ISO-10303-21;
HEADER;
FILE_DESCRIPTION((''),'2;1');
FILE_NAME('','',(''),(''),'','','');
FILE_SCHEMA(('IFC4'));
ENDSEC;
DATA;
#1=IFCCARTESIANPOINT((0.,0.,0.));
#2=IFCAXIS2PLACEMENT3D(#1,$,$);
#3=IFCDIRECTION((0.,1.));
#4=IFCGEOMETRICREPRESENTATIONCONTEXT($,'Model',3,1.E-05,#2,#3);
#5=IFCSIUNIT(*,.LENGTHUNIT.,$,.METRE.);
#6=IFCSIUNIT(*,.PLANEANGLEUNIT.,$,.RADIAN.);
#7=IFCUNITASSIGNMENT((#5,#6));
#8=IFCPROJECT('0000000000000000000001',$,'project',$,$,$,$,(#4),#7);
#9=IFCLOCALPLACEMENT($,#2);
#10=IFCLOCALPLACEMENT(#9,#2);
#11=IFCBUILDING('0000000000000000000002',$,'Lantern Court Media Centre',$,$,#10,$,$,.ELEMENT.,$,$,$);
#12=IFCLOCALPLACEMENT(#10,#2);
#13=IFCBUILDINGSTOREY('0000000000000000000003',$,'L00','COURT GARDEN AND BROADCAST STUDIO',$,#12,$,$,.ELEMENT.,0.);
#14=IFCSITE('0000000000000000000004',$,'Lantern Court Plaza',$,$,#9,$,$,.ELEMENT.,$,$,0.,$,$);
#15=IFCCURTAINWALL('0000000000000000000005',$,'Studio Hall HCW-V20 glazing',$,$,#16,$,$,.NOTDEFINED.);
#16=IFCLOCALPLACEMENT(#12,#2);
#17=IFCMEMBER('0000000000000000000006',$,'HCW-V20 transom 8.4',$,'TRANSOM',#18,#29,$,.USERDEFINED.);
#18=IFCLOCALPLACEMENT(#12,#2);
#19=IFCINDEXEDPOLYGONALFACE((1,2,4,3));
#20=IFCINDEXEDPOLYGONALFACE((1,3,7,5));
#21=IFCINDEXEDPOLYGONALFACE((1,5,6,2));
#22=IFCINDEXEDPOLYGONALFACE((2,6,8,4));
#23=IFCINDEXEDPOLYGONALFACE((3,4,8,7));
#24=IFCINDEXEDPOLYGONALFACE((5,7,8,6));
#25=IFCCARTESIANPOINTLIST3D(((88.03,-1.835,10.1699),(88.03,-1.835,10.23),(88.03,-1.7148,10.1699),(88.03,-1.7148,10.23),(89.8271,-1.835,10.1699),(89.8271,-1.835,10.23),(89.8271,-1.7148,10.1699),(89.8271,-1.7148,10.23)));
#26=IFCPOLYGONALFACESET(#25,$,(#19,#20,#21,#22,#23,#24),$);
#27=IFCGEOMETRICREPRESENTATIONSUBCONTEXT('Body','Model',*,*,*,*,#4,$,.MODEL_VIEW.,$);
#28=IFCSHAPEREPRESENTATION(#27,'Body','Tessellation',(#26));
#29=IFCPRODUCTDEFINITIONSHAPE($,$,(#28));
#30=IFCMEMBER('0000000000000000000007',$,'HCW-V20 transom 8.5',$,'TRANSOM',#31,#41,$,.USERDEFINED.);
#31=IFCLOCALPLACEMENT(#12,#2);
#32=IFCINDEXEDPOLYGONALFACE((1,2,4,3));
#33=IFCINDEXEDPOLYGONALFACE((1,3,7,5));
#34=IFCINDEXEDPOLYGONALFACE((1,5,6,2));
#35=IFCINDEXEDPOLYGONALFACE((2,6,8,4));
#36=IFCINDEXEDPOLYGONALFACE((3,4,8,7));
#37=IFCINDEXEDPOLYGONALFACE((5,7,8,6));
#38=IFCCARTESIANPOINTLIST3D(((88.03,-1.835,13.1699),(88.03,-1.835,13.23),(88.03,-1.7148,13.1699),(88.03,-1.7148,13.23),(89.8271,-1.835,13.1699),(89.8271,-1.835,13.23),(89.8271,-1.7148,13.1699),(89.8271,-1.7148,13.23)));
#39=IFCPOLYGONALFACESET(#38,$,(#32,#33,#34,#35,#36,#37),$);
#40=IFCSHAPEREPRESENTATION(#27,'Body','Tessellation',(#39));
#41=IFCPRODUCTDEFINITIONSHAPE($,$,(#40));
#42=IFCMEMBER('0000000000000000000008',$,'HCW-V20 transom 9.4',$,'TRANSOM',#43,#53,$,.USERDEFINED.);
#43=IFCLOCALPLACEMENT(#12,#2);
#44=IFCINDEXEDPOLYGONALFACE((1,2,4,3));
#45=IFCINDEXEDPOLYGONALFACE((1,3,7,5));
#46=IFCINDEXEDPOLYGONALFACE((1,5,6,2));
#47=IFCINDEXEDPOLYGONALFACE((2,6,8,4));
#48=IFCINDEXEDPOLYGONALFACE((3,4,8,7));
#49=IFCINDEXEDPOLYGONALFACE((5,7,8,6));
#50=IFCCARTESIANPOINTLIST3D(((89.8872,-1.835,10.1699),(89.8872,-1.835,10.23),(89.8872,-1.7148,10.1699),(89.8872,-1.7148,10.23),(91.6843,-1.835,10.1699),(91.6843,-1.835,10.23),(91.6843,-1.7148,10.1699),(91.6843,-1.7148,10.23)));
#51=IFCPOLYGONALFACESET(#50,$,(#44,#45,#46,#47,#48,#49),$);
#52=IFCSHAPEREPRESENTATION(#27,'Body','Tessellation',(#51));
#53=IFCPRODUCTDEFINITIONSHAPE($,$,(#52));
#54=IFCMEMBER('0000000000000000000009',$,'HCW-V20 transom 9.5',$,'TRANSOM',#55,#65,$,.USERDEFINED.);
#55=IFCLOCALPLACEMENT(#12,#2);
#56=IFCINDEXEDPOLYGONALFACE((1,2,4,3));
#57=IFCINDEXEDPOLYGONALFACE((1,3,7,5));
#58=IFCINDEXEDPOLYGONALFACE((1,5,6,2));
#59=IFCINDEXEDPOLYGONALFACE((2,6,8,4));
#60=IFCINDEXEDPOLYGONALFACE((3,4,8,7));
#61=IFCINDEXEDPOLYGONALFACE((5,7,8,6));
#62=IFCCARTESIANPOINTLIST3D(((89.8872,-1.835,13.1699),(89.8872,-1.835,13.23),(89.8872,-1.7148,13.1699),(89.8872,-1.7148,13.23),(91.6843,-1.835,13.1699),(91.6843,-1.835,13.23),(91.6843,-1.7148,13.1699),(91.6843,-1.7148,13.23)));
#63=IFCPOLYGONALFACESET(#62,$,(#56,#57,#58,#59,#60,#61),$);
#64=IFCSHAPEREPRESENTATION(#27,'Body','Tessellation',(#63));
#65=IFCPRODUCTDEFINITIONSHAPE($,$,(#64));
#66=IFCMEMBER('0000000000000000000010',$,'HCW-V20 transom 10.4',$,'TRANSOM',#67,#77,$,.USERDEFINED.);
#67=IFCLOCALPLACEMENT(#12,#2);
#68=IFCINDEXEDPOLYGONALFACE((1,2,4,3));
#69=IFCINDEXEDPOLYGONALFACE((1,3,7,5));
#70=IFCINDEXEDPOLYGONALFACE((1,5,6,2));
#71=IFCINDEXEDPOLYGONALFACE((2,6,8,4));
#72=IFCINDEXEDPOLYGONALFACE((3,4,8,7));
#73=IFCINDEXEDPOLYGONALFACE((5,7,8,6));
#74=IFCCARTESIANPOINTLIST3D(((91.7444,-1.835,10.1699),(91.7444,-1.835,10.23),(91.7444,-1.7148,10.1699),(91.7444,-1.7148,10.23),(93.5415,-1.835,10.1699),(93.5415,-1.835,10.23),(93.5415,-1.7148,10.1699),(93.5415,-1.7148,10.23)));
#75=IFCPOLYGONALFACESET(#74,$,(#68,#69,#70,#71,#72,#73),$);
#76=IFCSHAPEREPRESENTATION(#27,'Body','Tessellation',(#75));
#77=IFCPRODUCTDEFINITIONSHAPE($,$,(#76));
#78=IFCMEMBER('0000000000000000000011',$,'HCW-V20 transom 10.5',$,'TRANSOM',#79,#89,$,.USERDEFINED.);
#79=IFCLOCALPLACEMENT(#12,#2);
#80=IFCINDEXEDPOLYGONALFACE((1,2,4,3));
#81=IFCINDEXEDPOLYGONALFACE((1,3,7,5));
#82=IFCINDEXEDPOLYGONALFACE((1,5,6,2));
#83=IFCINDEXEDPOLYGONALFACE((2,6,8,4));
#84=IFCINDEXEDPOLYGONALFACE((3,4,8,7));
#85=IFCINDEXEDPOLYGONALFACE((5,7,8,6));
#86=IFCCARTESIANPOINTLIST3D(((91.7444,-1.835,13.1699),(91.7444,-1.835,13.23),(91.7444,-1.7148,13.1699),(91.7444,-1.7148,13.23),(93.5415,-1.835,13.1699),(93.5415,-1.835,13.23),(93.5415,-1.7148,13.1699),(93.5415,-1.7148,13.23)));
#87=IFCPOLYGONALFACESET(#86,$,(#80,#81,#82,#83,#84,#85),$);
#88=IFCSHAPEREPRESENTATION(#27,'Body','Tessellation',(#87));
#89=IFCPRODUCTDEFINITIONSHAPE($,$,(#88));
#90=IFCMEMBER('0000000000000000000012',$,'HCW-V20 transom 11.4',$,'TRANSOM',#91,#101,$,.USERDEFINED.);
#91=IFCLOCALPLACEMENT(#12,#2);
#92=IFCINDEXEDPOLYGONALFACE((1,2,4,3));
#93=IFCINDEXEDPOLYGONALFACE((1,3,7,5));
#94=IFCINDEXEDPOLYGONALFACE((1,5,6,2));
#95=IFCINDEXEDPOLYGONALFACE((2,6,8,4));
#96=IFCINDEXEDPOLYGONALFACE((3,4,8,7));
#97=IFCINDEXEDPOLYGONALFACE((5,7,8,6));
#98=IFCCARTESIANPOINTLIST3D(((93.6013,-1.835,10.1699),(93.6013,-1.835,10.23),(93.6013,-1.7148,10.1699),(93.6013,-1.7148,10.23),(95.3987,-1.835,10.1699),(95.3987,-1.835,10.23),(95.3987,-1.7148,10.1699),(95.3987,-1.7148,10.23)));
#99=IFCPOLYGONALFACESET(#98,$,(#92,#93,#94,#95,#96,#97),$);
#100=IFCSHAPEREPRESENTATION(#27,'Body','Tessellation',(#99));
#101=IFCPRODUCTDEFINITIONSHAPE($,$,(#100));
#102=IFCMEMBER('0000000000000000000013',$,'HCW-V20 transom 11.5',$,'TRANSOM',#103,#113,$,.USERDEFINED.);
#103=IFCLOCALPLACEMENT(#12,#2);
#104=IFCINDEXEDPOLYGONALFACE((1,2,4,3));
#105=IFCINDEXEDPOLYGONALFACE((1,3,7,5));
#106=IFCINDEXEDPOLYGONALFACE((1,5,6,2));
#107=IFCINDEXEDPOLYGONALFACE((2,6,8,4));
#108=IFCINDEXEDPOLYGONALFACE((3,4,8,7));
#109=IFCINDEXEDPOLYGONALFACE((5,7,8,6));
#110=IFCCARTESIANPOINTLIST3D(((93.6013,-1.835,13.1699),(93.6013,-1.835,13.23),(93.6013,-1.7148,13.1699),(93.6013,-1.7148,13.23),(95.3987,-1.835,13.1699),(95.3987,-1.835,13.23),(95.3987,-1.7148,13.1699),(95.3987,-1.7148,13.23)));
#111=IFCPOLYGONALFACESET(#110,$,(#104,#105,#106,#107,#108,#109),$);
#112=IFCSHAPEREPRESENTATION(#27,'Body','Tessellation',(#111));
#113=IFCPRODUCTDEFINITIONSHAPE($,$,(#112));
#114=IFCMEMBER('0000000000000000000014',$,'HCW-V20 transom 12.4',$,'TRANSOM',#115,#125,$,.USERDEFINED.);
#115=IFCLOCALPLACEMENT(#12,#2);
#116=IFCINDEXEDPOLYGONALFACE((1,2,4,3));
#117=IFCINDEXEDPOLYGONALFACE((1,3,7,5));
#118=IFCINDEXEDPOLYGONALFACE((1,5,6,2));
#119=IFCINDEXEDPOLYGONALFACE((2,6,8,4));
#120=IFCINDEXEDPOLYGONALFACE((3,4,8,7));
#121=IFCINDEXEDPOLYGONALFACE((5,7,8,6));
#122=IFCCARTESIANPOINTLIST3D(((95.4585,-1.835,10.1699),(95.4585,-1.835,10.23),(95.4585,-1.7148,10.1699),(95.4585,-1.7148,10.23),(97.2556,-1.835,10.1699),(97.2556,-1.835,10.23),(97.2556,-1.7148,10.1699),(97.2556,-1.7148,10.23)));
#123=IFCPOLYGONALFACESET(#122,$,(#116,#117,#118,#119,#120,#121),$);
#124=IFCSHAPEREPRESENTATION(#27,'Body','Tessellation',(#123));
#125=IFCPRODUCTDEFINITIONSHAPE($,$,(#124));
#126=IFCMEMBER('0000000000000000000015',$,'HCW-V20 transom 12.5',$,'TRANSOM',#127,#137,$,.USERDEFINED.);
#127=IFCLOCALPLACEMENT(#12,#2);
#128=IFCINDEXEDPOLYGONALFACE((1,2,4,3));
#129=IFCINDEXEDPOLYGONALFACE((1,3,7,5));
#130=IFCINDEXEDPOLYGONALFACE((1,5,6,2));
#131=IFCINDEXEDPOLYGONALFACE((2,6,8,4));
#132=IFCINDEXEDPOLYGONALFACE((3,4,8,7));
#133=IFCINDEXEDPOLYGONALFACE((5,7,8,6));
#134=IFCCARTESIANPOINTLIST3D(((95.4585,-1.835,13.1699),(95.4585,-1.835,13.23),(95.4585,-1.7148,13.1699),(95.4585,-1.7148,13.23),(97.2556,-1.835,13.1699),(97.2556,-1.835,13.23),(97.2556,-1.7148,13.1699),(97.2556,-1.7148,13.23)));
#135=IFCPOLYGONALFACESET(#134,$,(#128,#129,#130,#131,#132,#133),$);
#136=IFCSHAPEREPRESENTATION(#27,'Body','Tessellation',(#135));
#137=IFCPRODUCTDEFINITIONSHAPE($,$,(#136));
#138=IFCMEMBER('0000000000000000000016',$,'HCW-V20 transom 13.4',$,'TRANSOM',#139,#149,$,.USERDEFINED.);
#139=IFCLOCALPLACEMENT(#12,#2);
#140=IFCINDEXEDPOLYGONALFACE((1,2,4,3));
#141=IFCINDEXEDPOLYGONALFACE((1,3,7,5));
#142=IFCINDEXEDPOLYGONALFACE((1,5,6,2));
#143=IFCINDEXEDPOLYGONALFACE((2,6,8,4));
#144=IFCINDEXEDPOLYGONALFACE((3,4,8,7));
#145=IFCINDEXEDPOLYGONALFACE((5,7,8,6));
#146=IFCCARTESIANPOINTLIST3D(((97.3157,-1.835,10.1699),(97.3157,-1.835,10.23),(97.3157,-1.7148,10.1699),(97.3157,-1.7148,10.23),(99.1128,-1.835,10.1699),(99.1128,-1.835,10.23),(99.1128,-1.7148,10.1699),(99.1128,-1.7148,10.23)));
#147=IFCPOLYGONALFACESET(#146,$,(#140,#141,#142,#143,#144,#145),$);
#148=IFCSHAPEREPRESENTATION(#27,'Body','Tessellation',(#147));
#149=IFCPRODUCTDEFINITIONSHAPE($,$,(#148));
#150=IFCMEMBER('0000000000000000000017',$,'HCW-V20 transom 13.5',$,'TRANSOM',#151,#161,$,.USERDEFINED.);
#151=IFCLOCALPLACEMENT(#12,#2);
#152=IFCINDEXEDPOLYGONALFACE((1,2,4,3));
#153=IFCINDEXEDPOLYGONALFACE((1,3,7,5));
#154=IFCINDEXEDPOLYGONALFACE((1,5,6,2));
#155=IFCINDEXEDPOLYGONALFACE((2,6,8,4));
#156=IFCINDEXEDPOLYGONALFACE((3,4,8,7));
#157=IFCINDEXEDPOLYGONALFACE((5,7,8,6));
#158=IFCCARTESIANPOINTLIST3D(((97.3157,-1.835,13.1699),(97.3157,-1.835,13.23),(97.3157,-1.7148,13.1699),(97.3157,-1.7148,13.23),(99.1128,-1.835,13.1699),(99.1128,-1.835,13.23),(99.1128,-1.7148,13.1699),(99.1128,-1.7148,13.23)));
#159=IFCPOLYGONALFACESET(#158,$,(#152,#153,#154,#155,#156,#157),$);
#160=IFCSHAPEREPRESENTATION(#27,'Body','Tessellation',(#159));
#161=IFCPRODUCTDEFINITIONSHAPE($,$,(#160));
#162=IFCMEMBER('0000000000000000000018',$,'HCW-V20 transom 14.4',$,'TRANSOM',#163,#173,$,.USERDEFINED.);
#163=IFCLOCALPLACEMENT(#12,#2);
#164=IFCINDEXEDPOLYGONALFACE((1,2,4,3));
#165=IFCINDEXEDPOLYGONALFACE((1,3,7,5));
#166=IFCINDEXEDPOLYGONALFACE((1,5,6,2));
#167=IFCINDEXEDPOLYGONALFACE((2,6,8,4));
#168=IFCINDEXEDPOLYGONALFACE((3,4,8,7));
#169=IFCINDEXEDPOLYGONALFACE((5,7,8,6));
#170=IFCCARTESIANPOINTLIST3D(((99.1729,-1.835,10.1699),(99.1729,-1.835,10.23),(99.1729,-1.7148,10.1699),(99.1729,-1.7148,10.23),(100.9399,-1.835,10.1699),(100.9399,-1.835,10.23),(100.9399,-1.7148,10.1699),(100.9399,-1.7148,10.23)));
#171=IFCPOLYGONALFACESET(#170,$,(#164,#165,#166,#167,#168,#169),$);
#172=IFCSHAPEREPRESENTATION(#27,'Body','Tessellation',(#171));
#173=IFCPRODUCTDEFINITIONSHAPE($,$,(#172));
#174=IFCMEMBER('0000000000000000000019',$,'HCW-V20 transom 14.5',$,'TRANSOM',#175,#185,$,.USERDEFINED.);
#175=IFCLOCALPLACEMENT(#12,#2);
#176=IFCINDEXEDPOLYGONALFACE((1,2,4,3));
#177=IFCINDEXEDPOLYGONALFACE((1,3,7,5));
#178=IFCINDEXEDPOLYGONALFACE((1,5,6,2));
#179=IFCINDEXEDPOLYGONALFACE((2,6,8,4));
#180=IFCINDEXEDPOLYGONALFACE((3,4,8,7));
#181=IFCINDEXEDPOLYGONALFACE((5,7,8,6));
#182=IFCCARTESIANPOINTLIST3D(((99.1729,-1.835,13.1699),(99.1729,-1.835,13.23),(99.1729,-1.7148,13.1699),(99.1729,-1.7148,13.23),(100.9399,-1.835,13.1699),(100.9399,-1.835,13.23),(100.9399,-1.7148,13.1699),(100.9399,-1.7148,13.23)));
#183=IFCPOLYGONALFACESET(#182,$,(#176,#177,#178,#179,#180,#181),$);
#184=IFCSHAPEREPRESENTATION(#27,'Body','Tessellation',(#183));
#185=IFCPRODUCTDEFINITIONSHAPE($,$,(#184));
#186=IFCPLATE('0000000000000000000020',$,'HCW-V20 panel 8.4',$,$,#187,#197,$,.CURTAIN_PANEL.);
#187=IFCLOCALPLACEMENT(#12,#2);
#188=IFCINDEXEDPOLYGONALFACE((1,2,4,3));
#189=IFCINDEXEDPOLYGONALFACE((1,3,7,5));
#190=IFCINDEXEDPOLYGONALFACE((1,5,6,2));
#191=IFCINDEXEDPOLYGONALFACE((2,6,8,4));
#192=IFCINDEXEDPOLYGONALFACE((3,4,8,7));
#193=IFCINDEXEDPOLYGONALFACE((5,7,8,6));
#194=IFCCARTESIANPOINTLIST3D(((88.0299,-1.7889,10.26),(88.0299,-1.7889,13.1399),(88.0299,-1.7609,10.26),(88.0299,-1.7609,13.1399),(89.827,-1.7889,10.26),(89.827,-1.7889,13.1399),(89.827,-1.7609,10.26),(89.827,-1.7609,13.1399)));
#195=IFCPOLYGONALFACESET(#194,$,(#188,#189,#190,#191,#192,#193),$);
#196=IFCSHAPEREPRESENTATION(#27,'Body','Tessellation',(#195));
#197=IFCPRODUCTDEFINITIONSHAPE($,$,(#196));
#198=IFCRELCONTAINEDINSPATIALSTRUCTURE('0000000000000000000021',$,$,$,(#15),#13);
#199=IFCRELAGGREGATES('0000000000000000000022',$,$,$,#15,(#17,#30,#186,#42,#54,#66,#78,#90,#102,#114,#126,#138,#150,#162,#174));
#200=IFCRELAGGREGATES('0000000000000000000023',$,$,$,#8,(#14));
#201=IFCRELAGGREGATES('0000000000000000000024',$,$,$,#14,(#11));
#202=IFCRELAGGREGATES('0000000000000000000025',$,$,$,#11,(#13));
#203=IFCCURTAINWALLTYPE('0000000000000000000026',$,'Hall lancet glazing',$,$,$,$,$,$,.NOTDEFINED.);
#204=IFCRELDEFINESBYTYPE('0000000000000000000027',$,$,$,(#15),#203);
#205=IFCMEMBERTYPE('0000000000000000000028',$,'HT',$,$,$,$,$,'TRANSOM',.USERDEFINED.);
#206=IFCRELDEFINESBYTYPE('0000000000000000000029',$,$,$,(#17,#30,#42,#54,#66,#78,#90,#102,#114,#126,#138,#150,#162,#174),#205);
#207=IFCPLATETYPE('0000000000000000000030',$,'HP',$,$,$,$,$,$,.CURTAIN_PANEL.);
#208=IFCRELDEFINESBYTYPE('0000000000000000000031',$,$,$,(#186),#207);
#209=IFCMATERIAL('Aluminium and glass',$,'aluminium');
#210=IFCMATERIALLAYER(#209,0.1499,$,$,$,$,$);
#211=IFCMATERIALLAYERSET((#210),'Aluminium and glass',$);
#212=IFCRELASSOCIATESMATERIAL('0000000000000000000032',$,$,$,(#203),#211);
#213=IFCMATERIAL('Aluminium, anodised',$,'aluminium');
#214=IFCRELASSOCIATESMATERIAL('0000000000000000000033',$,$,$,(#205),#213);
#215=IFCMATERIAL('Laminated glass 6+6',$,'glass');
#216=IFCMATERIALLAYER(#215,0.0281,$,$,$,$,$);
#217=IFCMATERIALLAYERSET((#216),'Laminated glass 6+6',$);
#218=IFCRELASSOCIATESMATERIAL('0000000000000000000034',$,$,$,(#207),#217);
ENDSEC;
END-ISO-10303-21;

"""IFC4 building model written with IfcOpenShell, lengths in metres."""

from ifc_helpers import new_model, si_unit, direction, frame, origin, origin_2d, place, context, subcontext, project, spatial, rectangle, extrude, material, layer, layer_set, material_profile, profile_set, type_object, element, aggregate, save


model = new_model("IFC4")

# Units and contexts
model_context = context("Model", 3, precision=1e-05, world=origin(), true_north=direction((0.0, 1.0)))
body_context = subcontext(model_context, "Body", "Model", "MODEL_VIEW")
ifc_project = project(units=[si_unit("LENGTHUNIT", "METRE"), si_unit("PLANEANGLEUNIT", "RADIAN")], contexts=[model_context])

# Site, building, storey
site_placement = place(None, origin())
site = spatial("IfcSite", under=ifc_project, at=site_placement, Name="Lantern Court Plaza", CompositionType="ELEMENT", RefElevation=0.0)
building_placement = place(site_placement, origin())
building = spatial("IfcBuilding", under=site, at=building_placement, Name="Lantern Court Media Centre", CompositionType="ELEMENT")
storey_placement = place(building_placement, origin())
storey = spatial("IfcBuildingStorey", under=building, at=storey_placement, Name="L00", Description="COURT GARDEN AND BROADCAST STUDIO", CompositionType="ELEMENT", Elevation=0.0)

# Curtain wall, members, plate
ifc_material_1 = material(Name="Aluminium and glass", Category="aluminium")
ifc_layer_1 = layer(ifc_material_1, 0.1499)
ifc_layer_set_1 = layer_set([ifc_layer_1], Name="Aluminium and glass")
curtain_wall_type = type_object("IfcCurtainWallType", Name="Hall lancet glazing", PredefinedType="NOTDEFINED", material=ifc_layer_set_1)
curtain_wall_placement = place(storey_placement, origin())
curtain_wall = element("IfcCurtainWall", 1, at=curtain_wall_placement, inside=storey, type_object=curtain_wall_type, Name="Studio Hall HCW-V20 glazing", PredefinedType="NOTDEFINED")
ifc_material_2 = material(Name="Aluminium, anodised", Category="aluminium")
ifc_material_profile = material_profile(ifc_material_2, rectangle(XDim=0.1201, YDim=0.0601, at=origin_2d()), Name="HT")
ifc_profile_set = profile_set([ifc_material_profile], Name="Aluminium, anodised")
member_type = type_object("IfcMemberType", Name="HT", ElementType="TRANSOM", PredefinedType="USERDEFINED", material=ifc_profile_set)
member_1_placement = place(storey_placement, frame((88.03, -1.7749, 10.2), z_axis=(1.0, 0.0, 0.0), x_axis=(0.0, 1.0, 0.0)))
member_1 = element("IfcMember", 2, at=member_1_placement, type_object=member_type, Name="HCW-V20 transom 8.4", ObjectType="TRANSOM", PredefinedType="USERDEFINED", context=body_context, shape_type="SweptSolid", body=[
    extrude(rectangle(XDim=0.1201, YDim=0.0601, at=origin_2d()), origin(), (0.0, 0.0, 1.0), 1.7971),
])
member_2_placement = place(storey_placement, frame((88.03, -1.7749, 13.2), z_axis=(1.0, 0.0, 0.0), x_axis=(0.0, 1.0, 0.0)))
member_2 = element("IfcMember", 3, at=member_2_placement, type_object=member_type, Name="HCW-V20 transom 8.5", ObjectType="TRANSOM", PredefinedType="USERDEFINED", context=body_context, shape_type="SweptSolid", body=[
    extrude(rectangle(XDim=0.1201, YDim=0.0601, at=origin_2d()), origin(), (0.0, 0.0, 1.0), 1.7971),
])
member_3_placement = place(storey_placement, frame((89.8872, -1.7749, 10.2), z_axis=(1.0, 0.0, 0.0), x_axis=(0.0, 1.0, 0.0)))
member_3 = element("IfcMember", 4, at=member_3_placement, type_object=member_type, Name="HCW-V20 transom 9.4", ObjectType="TRANSOM", PredefinedType="USERDEFINED", context=body_context, shape_type="SweptSolid", body=[
    extrude(rectangle(XDim=0.1201, YDim=0.0601, at=origin_2d()), origin(), (0.0, 0.0, 1.0), 1.7971),
])
member_4_placement = place(storey_placement, frame((89.8872, -1.7749, 13.2), z_axis=(1.0, 0.0, 0.0), x_axis=(0.0, 1.0, 0.0)))
member_4 = element("IfcMember", 5, at=member_4_placement, type_object=member_type, Name="HCW-V20 transom 9.5", ObjectType="TRANSOM", PredefinedType="USERDEFINED", context=body_context, shape_type="SweptSolid", body=[
    extrude(rectangle(XDim=0.1201, YDim=0.0601, at=origin_2d()), origin(), (0.0, 0.0, 1.0), 1.7971),
])
member_5_placement = place(storey_placement, frame((91.7444, -1.7749, 10.2), z_axis=(1.0, 0.0, 0.0), x_axis=(0.0, 1.0, 0.0)))
member_5 = element("IfcMember", 6, at=member_5_placement, type_object=member_type, Name="HCW-V20 transom 10.4", ObjectType="TRANSOM", PredefinedType="USERDEFINED", context=body_context, shape_type="SweptSolid", body=[
    extrude(rectangle(XDim=0.1201, YDim=0.0601, at=origin_2d()), origin(), (0.0, 0.0, 1.0), 1.7971),
])
member_6_placement = place(storey_placement, frame((91.7444, -1.7749, 13.2), z_axis=(1.0, 0.0, 0.0), x_axis=(0.0, 1.0, 0.0)))
member_6 = element("IfcMember", 7, at=member_6_placement, type_object=member_type, Name="HCW-V20 transom 10.5", ObjectType="TRANSOM", PredefinedType="USERDEFINED", context=body_context, shape_type="SweptSolid", body=[
    extrude(rectangle(XDim=0.1201, YDim=0.0601, at=origin_2d()), origin(), (0.0, 0.0, 1.0), 1.7971),
])
member_7_placement = place(storey_placement, frame((93.6013, -1.7749, 10.2), z_axis=(1.0, 0.0, 0.0), x_axis=(0.0, 1.0, 0.0)))
member_7 = element("IfcMember", 8, at=member_7_placement, type_object=member_type, Name="HCW-V20 transom 11.4", ObjectType="TRANSOM", PredefinedType="USERDEFINED", context=body_context, shape_type="SweptSolid", body=[
    extrude(rectangle(XDim=0.1201, YDim=0.0601, at=origin_2d()), origin(), (0.0, 0.0, 1.0), 1.7974),
])
member_8_placement = place(storey_placement, frame((93.6013, -1.7749, 13.2), z_axis=(1.0, 0.0, 0.0), x_axis=(0.0, 1.0, 0.0)))
member_8 = element("IfcMember", 9, at=member_8_placement, type_object=member_type, Name="HCW-V20 transom 11.5", ObjectType="TRANSOM", PredefinedType="USERDEFINED", context=body_context, shape_type="SweptSolid", body=[
    extrude(rectangle(XDim=0.1201, YDim=0.0601, at=origin_2d()), origin(), (0.0, 0.0, 1.0), 1.7974),
])
member_9_placement = place(storey_placement, frame((95.4585, -1.7749, 10.2), z_axis=(1.0, 0.0, 0.0), x_axis=(0.0, 1.0, 0.0)))
member_9 = element("IfcMember", 10, at=member_9_placement, type_object=member_type, Name="HCW-V20 transom 12.4", ObjectType="TRANSOM", PredefinedType="USERDEFINED", context=body_context, shape_type="SweptSolid", body=[
    extrude(rectangle(XDim=0.1201, YDim=0.0601, at=origin_2d()), origin(), (0.0, 0.0, 1.0), 1.7971),
])
member_10_placement = place(storey_placement, frame((95.4585, -1.7749, 13.2), z_axis=(1.0, 0.0, 0.0), x_axis=(0.0, 1.0, 0.0)))
member_10 = element("IfcMember", 11, at=member_10_placement, type_object=member_type, Name="HCW-V20 transom 12.5", ObjectType="TRANSOM", PredefinedType="USERDEFINED", context=body_context, shape_type="SweptSolid", body=[
    extrude(rectangle(XDim=0.1201, YDim=0.0601, at=origin_2d()), origin(), (0.0, 0.0, 1.0), 1.7971),
])
member_11_placement = place(storey_placement, frame((97.3157, -1.7749, 10.2), z_axis=(1.0, 0.0, 0.0), x_axis=(0.0, 1.0, 0.0)))
member_11 = element("IfcMember", 12, at=member_11_placement, type_object=member_type, Name="HCW-V20 transom 13.4", ObjectType="TRANSOM", PredefinedType="USERDEFINED", context=body_context, shape_type="SweptSolid", body=[
    extrude(rectangle(XDim=0.1201, YDim=0.0601, at=origin_2d()), origin(), (0.0, 0.0, 1.0), 1.7971),
])
member_12_placement = place(storey_placement, frame((97.3157, -1.7749, 13.2), z_axis=(1.0, 0.0, 0.0), x_axis=(0.0, 1.0, 0.0)))
member_12 = element("IfcMember", 13, at=member_12_placement, type_object=member_type, Name="HCW-V20 transom 13.5", ObjectType="TRANSOM", PredefinedType="USERDEFINED", context=body_context, shape_type="SweptSolid", body=[
    extrude(rectangle(XDim=0.1201, YDim=0.0601, at=origin_2d()), origin(), (0.0, 0.0, 1.0), 1.7971),
])
member_13_placement = place(storey_placement, frame((99.1729, -1.7749, 10.2), z_axis=(1.0, 0.0, 0.0), x_axis=(0.0, 1.0, 0.0)))
member_13 = element("IfcMember", 14, at=member_13_placement, type_object=member_type, Name="HCW-V20 transom 14.4", ObjectType="TRANSOM", PredefinedType="USERDEFINED", context=body_context, shape_type="SweptSolid", body=[
    extrude(rectangle(XDim=0.1201, YDim=0.0601, at=origin_2d()), origin(), (0.0, 0.0, 1.0), 1.7671),
])
member_14_placement = place(storey_placement, frame((99.1729, -1.7749, 13.2), z_axis=(1.0, 0.0, 0.0), x_axis=(0.0, 1.0, 0.0)))
member_14 = element("IfcMember", 15, at=member_14_placement, type_object=member_type, Name="HCW-V20 transom 14.5", ObjectType="TRANSOM", PredefinedType="USERDEFINED", context=body_context, shape_type="SweptSolid", body=[
    extrude(rectangle(XDim=0.1201, YDim=0.0601, at=origin_2d()), origin(), (0.0, 0.0, 1.0), 1.7671),
])
ifc_material_3 = material(Name="Laminated glass 6+6", Category="glass")
ifc_layer_2 = layer(ifc_material_3, 0.0281)
ifc_layer_set_2 = layer_set([ifc_layer_2], Name="Laminated glass 6+6")
plate_type = type_object("IfcPlateType", Name="HP", PredefinedType="CURTAIN_PANEL", material=ifc_layer_set_2)
plate_1_placement = place(storey_placement, frame((88.9285, -1.7749, 10.26), z_axis=(0.0, 0.0, 1.0), x_axis=(1.0, 0.0, 0.0)))
plate_1 = element("IfcPlate", 16, at=plate_1_placement, type_object=plate_type, Name="HCW-V20 panel 8.4", PredefinedType="CURTAIN_PANEL", context=body_context, shape_type="SweptSolid", body=[
    extrude(rectangle(XDim=1.7971, YDim=0.0281, at=origin_2d()), origin(), (0.0, 0.0, 1.0), 2.8799),
])
aggregate(curtain_wall, [member_1, member_2, plate_1, member_3, member_4, member_5, member_6, member_7, member_8, member_9, member_10, member_11, member_12, member_13, member_14])

save(model, "model.ifc")
